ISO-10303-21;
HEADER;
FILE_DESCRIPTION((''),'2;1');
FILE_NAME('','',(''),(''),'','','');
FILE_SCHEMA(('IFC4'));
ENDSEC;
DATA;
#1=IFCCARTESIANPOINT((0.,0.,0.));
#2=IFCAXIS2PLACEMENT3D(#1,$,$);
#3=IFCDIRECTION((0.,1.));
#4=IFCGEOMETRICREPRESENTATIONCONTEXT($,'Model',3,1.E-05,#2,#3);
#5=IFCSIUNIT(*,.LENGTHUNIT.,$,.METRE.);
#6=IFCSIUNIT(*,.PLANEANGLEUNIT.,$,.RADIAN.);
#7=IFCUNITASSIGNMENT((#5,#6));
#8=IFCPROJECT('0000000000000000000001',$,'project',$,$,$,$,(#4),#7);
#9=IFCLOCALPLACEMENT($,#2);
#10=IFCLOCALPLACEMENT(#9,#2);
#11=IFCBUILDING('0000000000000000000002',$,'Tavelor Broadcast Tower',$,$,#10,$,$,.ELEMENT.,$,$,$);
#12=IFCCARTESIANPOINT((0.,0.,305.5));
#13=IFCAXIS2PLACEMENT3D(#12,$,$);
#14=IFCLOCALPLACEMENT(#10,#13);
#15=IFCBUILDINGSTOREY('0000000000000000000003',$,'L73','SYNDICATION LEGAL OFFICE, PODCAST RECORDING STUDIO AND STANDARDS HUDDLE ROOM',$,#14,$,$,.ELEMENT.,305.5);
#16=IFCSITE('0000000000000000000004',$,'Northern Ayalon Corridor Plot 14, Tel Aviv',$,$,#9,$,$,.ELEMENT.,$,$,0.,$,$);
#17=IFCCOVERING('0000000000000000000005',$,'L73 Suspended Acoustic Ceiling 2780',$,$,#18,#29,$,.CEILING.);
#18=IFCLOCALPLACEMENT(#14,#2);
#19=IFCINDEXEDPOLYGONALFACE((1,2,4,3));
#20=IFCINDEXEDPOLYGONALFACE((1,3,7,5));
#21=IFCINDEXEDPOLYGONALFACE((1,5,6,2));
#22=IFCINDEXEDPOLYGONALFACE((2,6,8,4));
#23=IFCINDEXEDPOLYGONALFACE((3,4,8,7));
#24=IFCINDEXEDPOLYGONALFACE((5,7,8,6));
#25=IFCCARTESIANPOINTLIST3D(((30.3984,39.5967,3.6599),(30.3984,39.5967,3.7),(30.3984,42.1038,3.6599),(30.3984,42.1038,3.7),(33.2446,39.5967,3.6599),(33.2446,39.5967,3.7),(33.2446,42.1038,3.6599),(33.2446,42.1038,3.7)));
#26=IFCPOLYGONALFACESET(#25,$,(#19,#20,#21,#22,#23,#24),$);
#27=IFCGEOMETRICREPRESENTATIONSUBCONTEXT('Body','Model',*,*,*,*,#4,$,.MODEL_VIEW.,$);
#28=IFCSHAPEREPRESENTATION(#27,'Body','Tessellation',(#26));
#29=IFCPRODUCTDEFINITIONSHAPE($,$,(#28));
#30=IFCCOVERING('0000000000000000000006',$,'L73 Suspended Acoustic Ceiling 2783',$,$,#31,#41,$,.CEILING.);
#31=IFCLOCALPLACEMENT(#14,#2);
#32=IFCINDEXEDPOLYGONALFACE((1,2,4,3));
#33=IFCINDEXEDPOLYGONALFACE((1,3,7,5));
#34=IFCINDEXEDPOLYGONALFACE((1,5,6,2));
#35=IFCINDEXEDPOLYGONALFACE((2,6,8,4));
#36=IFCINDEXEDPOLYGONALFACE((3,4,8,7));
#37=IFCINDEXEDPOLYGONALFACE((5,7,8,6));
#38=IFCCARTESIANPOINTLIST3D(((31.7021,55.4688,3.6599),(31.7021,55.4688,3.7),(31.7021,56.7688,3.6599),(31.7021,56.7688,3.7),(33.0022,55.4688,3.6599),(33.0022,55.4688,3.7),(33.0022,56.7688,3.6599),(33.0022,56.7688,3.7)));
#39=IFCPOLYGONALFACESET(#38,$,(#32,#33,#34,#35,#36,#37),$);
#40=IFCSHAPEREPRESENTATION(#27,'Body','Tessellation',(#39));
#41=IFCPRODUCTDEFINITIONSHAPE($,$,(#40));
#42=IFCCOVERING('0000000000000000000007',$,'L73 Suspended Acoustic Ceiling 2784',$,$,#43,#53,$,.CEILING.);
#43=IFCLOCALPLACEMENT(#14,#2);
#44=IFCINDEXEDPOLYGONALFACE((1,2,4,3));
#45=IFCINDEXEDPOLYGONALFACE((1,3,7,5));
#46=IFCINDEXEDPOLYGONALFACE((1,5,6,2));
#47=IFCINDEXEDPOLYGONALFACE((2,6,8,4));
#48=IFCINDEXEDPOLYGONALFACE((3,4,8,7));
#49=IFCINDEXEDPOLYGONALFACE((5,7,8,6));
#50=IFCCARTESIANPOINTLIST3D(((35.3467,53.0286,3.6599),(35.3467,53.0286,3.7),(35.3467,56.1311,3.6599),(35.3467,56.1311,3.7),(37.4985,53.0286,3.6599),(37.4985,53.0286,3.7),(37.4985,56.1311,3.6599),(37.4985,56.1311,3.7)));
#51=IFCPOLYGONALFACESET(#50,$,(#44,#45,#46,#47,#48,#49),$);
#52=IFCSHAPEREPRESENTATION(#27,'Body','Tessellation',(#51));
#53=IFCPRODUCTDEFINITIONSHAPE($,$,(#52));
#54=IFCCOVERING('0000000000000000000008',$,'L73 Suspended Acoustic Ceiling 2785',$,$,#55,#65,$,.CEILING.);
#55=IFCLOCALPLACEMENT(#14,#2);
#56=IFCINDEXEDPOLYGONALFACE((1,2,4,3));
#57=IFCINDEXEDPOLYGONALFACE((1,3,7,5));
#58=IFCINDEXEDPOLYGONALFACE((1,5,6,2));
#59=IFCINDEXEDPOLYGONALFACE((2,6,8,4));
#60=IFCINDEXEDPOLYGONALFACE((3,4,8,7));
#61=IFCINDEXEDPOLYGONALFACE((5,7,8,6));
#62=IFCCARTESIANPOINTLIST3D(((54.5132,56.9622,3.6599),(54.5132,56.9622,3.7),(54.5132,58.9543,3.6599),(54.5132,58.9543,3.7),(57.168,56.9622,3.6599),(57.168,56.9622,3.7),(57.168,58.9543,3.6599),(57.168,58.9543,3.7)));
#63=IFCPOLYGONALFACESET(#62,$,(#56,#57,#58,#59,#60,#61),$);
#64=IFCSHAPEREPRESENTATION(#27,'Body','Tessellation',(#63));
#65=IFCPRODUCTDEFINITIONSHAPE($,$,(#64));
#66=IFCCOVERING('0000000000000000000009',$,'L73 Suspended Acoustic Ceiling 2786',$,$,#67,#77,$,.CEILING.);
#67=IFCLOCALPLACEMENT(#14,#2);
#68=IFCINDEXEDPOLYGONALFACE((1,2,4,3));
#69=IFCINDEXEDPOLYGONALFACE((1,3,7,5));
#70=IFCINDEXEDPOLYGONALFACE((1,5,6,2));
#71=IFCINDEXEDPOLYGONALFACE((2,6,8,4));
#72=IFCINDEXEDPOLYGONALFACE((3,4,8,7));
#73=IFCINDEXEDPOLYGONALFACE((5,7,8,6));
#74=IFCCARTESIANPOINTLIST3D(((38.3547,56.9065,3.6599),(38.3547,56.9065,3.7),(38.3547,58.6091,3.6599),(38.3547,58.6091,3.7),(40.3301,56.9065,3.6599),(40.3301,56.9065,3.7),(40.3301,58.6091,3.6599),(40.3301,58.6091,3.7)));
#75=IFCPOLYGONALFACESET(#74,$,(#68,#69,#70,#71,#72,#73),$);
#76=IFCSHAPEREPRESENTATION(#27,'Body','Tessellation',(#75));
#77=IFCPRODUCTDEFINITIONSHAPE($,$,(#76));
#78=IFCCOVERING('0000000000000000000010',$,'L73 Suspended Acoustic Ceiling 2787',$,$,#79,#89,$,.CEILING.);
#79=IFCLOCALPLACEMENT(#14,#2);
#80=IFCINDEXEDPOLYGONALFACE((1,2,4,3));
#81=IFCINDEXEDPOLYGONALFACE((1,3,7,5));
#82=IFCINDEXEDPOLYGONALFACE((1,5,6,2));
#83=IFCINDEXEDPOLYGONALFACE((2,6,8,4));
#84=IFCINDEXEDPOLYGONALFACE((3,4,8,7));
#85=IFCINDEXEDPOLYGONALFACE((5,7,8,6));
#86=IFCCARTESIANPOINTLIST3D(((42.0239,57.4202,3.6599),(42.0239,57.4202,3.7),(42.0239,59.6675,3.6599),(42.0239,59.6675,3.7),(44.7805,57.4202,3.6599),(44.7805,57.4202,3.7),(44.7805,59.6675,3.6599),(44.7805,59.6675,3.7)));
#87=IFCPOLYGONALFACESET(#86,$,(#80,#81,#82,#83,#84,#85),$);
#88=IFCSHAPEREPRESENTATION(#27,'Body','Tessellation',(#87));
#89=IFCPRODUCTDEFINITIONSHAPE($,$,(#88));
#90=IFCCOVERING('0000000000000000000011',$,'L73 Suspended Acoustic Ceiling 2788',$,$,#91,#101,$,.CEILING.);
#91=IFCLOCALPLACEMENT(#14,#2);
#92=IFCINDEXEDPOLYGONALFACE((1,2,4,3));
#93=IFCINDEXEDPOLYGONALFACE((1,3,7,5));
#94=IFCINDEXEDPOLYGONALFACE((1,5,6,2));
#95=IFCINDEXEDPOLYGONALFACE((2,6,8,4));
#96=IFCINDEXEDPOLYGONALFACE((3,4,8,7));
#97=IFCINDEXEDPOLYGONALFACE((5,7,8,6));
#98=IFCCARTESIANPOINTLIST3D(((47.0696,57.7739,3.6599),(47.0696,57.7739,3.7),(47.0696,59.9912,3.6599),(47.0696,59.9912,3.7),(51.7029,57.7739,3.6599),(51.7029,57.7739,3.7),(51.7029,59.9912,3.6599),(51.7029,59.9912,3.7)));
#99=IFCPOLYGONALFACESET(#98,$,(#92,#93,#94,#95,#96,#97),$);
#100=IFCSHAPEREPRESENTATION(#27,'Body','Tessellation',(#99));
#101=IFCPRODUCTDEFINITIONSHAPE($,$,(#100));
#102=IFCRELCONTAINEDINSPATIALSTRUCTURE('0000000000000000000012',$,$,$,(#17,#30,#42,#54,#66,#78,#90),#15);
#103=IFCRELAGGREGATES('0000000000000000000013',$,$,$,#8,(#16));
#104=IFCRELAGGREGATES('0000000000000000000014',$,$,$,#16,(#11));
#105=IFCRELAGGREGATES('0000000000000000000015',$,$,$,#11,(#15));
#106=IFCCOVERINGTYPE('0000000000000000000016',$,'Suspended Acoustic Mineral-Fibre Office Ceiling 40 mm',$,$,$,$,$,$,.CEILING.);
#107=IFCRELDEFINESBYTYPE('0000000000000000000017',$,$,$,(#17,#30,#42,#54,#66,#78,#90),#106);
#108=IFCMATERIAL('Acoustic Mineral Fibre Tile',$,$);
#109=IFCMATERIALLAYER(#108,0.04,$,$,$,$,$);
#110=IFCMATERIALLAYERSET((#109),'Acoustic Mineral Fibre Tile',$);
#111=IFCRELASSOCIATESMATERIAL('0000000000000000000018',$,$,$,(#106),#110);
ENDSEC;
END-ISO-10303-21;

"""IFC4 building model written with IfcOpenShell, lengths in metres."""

from ifc_helpers import new_model, si_unit, direction, frame, origin, place, context, subcontext, project, spatial, polyline, outline, extrude, material, layer, layer_set, type_object, element, save


model = new_model("IFC4")

# Units and contexts
model_context = context("Model", 3, precision=1e-05, world=origin(), true_north=direction((0.0, 1.0)))
body_context = subcontext(model_context, "Body", "Model", "MODEL_VIEW")
ifc_project = project(units=[si_unit("LENGTHUNIT", "METRE"), si_unit("PLANEANGLEUNIT", "RADIAN")], contexts=[model_context])

# Site, building, storey
site_placement = place(None, origin())
site = spatial("IfcSite", under=ifc_project, at=site_placement, Name="Northern Ayalon Corridor Plot 14, Tel Aviv", CompositionType="ELEMENT", RefElevation=0.0)
building_placement = place(site_placement, origin())
building = spatial("IfcBuilding", under=site, at=building_placement, Name="Tavelor Broadcast Tower", CompositionType="ELEMENT")
storey_placement = place(building_placement, frame((0.0, 0.0, 305.5)))
storey = spatial("IfcBuildingStorey", under=building, at=storey_placement, Name="L73", Description="SYNDICATION LEGAL OFFICE, PODCAST RECORDING STUDIO AND STANDARDS HUDDLE ROOM", CompositionType="ELEMENT", Elevation=305.5)

# Coverings
ifc_material_1 = material(Name="Acoustic Mineral Fibre Tile")
ifc_layer_1 = layer(ifc_material_1, 0.04)
ifc_layer_set_1 = layer_set([ifc_layer_1], Name="Acoustic Mineral Fibre Tile")
covering_type_1 = type_object("IfcCoveringType", Name="Suspended Acoustic Mineral-Fibre Office Ceiling 40 mm", PredefinedType="CEILING", material=ifc_layer_set_1)
covering_1_placement = place(storey_placement, frame((0.0, 0.0, 3.6599)))
element("IfcCovering", 1, at=covering_1_placement, inside=storey, type_object=covering_type_1, Name="L73 Suspended Acoustic Ceiling 2780", PredefinedType="CEILING", context=body_context, shape_type="SweptSolid", body=[
    extrude(outline(polyline([(30.3984, 39.5967), (33.2446, 39.5967), (33.2446, 42.1038), (30.3984, 42.1038), (30.3984, 39.5967)])), origin(), (0.0, 0.0, 1.0), 0.04),
])
covering_2_placement = place(storey_placement, frame((0.0, 0.0, 3.6599)))
element("IfcCovering", 2, at=covering_2_placement, inside=storey, type_object=covering_type_1, Name="L73 Suspended Acoustic Ceiling 2783", PredefinedType="CEILING", context=body_context, shape_type="SweptSolid", body=[
    extrude(outline(polyline([(31.7021, 55.4688), (33.0022, 55.4688), (33.0022, 56.7688), (31.7021, 56.7688), (31.7021, 55.4688)])), origin(), (0.0, 0.0, 1.0), 0.04),
])
covering_3_placement = place(storey_placement, frame((0.0, 0.0, 3.6599)))
element("IfcCovering", 3, at=covering_3_placement, inside=storey, type_object=covering_type_1, Name="L73 Suspended Acoustic Ceiling 2784", PredefinedType="CEILING", context=body_context, shape_type="SweptSolid", body=[
    extrude(outline(polyline([(35.3467, 53.0286), (37.4985, 53.0286), (37.4985, 56.1311), (35.3467, 56.1311), (35.3467, 53.0286)])), origin(), (0.0, 0.0, 1.0), 0.04),
])
covering_4_placement = place(storey_placement, frame((0.0, 0.0, 3.6599)))
element("IfcCovering", 4, at=covering_4_placement, inside=storey, type_object=covering_type_1, Name="L73 Suspended Acoustic Ceiling 2785", PredefinedType="CEILING", context=body_context, shape_type="SweptSolid", body=[
    extrude(outline(polyline([(54.5132, 56.9622), (57.168, 56.9622), (57.168, 58.9543), (54.5132, 58.9543), (54.5132, 56.9622)])), origin(), (0.0, 0.0, 1.0), 0.04),
])
covering_5_placement = place(storey_placement, frame((0.0, 0.0, 3.6599)))
element("IfcCovering", 5, at=covering_5_placement, inside=storey, type_object=covering_type_1, Name="L73 Suspended Acoustic Ceiling 2786", PredefinedType="CEILING", context=body_context, shape_type="SweptSolid", body=[
    extrude(outline(polyline([(38.3547, 56.9065), (40.3301, 56.9065), (40.3301, 58.6091), (38.3547, 58.6091), (38.3547, 56.9065)])), origin(), (0.0, 0.0, 1.0), 0.04),
])
covering_6_placement = place(storey_placement, frame((0.0, 0.0, 3.6599)))
element("IfcCovering", 6, at=covering_6_placement, inside=storey, type_object=covering_type_1, Name="L73 Suspended Acoustic Ceiling 2787", PredefinedType="CEILING", context=body_context, shape_type="SweptSolid", body=[
    extrude(outline(polyline([(42.0239, 57.4202), (44.7805, 57.4202), (44.7805, 59.6675), (42.0239, 59.6675), (42.0239, 57.4202)])), origin(), (0.0, 0.0, 1.0), 0.04),
])
covering_7_placement = place(storey_placement, frame((0.0, 0.0, 3.6599)))
element("IfcCovering", 7, at=covering_7_placement, inside=storey, type_object=covering_type_1, Name="L73 Suspended Acoustic Ceiling 2788", PredefinedType="CEILING", context=body_context, shape_type="SweptSolid", body=[
    extrude(outline(polyline([(47.0696, 57.7739), (51.7029, 57.7739), (51.7029, 59.9912), (47.0696, 59.9912), (47.0696, 57.7739)])), origin(), (0.0, 0.0, 1.0), 0.04),
])

save(model, "model.ifc")
